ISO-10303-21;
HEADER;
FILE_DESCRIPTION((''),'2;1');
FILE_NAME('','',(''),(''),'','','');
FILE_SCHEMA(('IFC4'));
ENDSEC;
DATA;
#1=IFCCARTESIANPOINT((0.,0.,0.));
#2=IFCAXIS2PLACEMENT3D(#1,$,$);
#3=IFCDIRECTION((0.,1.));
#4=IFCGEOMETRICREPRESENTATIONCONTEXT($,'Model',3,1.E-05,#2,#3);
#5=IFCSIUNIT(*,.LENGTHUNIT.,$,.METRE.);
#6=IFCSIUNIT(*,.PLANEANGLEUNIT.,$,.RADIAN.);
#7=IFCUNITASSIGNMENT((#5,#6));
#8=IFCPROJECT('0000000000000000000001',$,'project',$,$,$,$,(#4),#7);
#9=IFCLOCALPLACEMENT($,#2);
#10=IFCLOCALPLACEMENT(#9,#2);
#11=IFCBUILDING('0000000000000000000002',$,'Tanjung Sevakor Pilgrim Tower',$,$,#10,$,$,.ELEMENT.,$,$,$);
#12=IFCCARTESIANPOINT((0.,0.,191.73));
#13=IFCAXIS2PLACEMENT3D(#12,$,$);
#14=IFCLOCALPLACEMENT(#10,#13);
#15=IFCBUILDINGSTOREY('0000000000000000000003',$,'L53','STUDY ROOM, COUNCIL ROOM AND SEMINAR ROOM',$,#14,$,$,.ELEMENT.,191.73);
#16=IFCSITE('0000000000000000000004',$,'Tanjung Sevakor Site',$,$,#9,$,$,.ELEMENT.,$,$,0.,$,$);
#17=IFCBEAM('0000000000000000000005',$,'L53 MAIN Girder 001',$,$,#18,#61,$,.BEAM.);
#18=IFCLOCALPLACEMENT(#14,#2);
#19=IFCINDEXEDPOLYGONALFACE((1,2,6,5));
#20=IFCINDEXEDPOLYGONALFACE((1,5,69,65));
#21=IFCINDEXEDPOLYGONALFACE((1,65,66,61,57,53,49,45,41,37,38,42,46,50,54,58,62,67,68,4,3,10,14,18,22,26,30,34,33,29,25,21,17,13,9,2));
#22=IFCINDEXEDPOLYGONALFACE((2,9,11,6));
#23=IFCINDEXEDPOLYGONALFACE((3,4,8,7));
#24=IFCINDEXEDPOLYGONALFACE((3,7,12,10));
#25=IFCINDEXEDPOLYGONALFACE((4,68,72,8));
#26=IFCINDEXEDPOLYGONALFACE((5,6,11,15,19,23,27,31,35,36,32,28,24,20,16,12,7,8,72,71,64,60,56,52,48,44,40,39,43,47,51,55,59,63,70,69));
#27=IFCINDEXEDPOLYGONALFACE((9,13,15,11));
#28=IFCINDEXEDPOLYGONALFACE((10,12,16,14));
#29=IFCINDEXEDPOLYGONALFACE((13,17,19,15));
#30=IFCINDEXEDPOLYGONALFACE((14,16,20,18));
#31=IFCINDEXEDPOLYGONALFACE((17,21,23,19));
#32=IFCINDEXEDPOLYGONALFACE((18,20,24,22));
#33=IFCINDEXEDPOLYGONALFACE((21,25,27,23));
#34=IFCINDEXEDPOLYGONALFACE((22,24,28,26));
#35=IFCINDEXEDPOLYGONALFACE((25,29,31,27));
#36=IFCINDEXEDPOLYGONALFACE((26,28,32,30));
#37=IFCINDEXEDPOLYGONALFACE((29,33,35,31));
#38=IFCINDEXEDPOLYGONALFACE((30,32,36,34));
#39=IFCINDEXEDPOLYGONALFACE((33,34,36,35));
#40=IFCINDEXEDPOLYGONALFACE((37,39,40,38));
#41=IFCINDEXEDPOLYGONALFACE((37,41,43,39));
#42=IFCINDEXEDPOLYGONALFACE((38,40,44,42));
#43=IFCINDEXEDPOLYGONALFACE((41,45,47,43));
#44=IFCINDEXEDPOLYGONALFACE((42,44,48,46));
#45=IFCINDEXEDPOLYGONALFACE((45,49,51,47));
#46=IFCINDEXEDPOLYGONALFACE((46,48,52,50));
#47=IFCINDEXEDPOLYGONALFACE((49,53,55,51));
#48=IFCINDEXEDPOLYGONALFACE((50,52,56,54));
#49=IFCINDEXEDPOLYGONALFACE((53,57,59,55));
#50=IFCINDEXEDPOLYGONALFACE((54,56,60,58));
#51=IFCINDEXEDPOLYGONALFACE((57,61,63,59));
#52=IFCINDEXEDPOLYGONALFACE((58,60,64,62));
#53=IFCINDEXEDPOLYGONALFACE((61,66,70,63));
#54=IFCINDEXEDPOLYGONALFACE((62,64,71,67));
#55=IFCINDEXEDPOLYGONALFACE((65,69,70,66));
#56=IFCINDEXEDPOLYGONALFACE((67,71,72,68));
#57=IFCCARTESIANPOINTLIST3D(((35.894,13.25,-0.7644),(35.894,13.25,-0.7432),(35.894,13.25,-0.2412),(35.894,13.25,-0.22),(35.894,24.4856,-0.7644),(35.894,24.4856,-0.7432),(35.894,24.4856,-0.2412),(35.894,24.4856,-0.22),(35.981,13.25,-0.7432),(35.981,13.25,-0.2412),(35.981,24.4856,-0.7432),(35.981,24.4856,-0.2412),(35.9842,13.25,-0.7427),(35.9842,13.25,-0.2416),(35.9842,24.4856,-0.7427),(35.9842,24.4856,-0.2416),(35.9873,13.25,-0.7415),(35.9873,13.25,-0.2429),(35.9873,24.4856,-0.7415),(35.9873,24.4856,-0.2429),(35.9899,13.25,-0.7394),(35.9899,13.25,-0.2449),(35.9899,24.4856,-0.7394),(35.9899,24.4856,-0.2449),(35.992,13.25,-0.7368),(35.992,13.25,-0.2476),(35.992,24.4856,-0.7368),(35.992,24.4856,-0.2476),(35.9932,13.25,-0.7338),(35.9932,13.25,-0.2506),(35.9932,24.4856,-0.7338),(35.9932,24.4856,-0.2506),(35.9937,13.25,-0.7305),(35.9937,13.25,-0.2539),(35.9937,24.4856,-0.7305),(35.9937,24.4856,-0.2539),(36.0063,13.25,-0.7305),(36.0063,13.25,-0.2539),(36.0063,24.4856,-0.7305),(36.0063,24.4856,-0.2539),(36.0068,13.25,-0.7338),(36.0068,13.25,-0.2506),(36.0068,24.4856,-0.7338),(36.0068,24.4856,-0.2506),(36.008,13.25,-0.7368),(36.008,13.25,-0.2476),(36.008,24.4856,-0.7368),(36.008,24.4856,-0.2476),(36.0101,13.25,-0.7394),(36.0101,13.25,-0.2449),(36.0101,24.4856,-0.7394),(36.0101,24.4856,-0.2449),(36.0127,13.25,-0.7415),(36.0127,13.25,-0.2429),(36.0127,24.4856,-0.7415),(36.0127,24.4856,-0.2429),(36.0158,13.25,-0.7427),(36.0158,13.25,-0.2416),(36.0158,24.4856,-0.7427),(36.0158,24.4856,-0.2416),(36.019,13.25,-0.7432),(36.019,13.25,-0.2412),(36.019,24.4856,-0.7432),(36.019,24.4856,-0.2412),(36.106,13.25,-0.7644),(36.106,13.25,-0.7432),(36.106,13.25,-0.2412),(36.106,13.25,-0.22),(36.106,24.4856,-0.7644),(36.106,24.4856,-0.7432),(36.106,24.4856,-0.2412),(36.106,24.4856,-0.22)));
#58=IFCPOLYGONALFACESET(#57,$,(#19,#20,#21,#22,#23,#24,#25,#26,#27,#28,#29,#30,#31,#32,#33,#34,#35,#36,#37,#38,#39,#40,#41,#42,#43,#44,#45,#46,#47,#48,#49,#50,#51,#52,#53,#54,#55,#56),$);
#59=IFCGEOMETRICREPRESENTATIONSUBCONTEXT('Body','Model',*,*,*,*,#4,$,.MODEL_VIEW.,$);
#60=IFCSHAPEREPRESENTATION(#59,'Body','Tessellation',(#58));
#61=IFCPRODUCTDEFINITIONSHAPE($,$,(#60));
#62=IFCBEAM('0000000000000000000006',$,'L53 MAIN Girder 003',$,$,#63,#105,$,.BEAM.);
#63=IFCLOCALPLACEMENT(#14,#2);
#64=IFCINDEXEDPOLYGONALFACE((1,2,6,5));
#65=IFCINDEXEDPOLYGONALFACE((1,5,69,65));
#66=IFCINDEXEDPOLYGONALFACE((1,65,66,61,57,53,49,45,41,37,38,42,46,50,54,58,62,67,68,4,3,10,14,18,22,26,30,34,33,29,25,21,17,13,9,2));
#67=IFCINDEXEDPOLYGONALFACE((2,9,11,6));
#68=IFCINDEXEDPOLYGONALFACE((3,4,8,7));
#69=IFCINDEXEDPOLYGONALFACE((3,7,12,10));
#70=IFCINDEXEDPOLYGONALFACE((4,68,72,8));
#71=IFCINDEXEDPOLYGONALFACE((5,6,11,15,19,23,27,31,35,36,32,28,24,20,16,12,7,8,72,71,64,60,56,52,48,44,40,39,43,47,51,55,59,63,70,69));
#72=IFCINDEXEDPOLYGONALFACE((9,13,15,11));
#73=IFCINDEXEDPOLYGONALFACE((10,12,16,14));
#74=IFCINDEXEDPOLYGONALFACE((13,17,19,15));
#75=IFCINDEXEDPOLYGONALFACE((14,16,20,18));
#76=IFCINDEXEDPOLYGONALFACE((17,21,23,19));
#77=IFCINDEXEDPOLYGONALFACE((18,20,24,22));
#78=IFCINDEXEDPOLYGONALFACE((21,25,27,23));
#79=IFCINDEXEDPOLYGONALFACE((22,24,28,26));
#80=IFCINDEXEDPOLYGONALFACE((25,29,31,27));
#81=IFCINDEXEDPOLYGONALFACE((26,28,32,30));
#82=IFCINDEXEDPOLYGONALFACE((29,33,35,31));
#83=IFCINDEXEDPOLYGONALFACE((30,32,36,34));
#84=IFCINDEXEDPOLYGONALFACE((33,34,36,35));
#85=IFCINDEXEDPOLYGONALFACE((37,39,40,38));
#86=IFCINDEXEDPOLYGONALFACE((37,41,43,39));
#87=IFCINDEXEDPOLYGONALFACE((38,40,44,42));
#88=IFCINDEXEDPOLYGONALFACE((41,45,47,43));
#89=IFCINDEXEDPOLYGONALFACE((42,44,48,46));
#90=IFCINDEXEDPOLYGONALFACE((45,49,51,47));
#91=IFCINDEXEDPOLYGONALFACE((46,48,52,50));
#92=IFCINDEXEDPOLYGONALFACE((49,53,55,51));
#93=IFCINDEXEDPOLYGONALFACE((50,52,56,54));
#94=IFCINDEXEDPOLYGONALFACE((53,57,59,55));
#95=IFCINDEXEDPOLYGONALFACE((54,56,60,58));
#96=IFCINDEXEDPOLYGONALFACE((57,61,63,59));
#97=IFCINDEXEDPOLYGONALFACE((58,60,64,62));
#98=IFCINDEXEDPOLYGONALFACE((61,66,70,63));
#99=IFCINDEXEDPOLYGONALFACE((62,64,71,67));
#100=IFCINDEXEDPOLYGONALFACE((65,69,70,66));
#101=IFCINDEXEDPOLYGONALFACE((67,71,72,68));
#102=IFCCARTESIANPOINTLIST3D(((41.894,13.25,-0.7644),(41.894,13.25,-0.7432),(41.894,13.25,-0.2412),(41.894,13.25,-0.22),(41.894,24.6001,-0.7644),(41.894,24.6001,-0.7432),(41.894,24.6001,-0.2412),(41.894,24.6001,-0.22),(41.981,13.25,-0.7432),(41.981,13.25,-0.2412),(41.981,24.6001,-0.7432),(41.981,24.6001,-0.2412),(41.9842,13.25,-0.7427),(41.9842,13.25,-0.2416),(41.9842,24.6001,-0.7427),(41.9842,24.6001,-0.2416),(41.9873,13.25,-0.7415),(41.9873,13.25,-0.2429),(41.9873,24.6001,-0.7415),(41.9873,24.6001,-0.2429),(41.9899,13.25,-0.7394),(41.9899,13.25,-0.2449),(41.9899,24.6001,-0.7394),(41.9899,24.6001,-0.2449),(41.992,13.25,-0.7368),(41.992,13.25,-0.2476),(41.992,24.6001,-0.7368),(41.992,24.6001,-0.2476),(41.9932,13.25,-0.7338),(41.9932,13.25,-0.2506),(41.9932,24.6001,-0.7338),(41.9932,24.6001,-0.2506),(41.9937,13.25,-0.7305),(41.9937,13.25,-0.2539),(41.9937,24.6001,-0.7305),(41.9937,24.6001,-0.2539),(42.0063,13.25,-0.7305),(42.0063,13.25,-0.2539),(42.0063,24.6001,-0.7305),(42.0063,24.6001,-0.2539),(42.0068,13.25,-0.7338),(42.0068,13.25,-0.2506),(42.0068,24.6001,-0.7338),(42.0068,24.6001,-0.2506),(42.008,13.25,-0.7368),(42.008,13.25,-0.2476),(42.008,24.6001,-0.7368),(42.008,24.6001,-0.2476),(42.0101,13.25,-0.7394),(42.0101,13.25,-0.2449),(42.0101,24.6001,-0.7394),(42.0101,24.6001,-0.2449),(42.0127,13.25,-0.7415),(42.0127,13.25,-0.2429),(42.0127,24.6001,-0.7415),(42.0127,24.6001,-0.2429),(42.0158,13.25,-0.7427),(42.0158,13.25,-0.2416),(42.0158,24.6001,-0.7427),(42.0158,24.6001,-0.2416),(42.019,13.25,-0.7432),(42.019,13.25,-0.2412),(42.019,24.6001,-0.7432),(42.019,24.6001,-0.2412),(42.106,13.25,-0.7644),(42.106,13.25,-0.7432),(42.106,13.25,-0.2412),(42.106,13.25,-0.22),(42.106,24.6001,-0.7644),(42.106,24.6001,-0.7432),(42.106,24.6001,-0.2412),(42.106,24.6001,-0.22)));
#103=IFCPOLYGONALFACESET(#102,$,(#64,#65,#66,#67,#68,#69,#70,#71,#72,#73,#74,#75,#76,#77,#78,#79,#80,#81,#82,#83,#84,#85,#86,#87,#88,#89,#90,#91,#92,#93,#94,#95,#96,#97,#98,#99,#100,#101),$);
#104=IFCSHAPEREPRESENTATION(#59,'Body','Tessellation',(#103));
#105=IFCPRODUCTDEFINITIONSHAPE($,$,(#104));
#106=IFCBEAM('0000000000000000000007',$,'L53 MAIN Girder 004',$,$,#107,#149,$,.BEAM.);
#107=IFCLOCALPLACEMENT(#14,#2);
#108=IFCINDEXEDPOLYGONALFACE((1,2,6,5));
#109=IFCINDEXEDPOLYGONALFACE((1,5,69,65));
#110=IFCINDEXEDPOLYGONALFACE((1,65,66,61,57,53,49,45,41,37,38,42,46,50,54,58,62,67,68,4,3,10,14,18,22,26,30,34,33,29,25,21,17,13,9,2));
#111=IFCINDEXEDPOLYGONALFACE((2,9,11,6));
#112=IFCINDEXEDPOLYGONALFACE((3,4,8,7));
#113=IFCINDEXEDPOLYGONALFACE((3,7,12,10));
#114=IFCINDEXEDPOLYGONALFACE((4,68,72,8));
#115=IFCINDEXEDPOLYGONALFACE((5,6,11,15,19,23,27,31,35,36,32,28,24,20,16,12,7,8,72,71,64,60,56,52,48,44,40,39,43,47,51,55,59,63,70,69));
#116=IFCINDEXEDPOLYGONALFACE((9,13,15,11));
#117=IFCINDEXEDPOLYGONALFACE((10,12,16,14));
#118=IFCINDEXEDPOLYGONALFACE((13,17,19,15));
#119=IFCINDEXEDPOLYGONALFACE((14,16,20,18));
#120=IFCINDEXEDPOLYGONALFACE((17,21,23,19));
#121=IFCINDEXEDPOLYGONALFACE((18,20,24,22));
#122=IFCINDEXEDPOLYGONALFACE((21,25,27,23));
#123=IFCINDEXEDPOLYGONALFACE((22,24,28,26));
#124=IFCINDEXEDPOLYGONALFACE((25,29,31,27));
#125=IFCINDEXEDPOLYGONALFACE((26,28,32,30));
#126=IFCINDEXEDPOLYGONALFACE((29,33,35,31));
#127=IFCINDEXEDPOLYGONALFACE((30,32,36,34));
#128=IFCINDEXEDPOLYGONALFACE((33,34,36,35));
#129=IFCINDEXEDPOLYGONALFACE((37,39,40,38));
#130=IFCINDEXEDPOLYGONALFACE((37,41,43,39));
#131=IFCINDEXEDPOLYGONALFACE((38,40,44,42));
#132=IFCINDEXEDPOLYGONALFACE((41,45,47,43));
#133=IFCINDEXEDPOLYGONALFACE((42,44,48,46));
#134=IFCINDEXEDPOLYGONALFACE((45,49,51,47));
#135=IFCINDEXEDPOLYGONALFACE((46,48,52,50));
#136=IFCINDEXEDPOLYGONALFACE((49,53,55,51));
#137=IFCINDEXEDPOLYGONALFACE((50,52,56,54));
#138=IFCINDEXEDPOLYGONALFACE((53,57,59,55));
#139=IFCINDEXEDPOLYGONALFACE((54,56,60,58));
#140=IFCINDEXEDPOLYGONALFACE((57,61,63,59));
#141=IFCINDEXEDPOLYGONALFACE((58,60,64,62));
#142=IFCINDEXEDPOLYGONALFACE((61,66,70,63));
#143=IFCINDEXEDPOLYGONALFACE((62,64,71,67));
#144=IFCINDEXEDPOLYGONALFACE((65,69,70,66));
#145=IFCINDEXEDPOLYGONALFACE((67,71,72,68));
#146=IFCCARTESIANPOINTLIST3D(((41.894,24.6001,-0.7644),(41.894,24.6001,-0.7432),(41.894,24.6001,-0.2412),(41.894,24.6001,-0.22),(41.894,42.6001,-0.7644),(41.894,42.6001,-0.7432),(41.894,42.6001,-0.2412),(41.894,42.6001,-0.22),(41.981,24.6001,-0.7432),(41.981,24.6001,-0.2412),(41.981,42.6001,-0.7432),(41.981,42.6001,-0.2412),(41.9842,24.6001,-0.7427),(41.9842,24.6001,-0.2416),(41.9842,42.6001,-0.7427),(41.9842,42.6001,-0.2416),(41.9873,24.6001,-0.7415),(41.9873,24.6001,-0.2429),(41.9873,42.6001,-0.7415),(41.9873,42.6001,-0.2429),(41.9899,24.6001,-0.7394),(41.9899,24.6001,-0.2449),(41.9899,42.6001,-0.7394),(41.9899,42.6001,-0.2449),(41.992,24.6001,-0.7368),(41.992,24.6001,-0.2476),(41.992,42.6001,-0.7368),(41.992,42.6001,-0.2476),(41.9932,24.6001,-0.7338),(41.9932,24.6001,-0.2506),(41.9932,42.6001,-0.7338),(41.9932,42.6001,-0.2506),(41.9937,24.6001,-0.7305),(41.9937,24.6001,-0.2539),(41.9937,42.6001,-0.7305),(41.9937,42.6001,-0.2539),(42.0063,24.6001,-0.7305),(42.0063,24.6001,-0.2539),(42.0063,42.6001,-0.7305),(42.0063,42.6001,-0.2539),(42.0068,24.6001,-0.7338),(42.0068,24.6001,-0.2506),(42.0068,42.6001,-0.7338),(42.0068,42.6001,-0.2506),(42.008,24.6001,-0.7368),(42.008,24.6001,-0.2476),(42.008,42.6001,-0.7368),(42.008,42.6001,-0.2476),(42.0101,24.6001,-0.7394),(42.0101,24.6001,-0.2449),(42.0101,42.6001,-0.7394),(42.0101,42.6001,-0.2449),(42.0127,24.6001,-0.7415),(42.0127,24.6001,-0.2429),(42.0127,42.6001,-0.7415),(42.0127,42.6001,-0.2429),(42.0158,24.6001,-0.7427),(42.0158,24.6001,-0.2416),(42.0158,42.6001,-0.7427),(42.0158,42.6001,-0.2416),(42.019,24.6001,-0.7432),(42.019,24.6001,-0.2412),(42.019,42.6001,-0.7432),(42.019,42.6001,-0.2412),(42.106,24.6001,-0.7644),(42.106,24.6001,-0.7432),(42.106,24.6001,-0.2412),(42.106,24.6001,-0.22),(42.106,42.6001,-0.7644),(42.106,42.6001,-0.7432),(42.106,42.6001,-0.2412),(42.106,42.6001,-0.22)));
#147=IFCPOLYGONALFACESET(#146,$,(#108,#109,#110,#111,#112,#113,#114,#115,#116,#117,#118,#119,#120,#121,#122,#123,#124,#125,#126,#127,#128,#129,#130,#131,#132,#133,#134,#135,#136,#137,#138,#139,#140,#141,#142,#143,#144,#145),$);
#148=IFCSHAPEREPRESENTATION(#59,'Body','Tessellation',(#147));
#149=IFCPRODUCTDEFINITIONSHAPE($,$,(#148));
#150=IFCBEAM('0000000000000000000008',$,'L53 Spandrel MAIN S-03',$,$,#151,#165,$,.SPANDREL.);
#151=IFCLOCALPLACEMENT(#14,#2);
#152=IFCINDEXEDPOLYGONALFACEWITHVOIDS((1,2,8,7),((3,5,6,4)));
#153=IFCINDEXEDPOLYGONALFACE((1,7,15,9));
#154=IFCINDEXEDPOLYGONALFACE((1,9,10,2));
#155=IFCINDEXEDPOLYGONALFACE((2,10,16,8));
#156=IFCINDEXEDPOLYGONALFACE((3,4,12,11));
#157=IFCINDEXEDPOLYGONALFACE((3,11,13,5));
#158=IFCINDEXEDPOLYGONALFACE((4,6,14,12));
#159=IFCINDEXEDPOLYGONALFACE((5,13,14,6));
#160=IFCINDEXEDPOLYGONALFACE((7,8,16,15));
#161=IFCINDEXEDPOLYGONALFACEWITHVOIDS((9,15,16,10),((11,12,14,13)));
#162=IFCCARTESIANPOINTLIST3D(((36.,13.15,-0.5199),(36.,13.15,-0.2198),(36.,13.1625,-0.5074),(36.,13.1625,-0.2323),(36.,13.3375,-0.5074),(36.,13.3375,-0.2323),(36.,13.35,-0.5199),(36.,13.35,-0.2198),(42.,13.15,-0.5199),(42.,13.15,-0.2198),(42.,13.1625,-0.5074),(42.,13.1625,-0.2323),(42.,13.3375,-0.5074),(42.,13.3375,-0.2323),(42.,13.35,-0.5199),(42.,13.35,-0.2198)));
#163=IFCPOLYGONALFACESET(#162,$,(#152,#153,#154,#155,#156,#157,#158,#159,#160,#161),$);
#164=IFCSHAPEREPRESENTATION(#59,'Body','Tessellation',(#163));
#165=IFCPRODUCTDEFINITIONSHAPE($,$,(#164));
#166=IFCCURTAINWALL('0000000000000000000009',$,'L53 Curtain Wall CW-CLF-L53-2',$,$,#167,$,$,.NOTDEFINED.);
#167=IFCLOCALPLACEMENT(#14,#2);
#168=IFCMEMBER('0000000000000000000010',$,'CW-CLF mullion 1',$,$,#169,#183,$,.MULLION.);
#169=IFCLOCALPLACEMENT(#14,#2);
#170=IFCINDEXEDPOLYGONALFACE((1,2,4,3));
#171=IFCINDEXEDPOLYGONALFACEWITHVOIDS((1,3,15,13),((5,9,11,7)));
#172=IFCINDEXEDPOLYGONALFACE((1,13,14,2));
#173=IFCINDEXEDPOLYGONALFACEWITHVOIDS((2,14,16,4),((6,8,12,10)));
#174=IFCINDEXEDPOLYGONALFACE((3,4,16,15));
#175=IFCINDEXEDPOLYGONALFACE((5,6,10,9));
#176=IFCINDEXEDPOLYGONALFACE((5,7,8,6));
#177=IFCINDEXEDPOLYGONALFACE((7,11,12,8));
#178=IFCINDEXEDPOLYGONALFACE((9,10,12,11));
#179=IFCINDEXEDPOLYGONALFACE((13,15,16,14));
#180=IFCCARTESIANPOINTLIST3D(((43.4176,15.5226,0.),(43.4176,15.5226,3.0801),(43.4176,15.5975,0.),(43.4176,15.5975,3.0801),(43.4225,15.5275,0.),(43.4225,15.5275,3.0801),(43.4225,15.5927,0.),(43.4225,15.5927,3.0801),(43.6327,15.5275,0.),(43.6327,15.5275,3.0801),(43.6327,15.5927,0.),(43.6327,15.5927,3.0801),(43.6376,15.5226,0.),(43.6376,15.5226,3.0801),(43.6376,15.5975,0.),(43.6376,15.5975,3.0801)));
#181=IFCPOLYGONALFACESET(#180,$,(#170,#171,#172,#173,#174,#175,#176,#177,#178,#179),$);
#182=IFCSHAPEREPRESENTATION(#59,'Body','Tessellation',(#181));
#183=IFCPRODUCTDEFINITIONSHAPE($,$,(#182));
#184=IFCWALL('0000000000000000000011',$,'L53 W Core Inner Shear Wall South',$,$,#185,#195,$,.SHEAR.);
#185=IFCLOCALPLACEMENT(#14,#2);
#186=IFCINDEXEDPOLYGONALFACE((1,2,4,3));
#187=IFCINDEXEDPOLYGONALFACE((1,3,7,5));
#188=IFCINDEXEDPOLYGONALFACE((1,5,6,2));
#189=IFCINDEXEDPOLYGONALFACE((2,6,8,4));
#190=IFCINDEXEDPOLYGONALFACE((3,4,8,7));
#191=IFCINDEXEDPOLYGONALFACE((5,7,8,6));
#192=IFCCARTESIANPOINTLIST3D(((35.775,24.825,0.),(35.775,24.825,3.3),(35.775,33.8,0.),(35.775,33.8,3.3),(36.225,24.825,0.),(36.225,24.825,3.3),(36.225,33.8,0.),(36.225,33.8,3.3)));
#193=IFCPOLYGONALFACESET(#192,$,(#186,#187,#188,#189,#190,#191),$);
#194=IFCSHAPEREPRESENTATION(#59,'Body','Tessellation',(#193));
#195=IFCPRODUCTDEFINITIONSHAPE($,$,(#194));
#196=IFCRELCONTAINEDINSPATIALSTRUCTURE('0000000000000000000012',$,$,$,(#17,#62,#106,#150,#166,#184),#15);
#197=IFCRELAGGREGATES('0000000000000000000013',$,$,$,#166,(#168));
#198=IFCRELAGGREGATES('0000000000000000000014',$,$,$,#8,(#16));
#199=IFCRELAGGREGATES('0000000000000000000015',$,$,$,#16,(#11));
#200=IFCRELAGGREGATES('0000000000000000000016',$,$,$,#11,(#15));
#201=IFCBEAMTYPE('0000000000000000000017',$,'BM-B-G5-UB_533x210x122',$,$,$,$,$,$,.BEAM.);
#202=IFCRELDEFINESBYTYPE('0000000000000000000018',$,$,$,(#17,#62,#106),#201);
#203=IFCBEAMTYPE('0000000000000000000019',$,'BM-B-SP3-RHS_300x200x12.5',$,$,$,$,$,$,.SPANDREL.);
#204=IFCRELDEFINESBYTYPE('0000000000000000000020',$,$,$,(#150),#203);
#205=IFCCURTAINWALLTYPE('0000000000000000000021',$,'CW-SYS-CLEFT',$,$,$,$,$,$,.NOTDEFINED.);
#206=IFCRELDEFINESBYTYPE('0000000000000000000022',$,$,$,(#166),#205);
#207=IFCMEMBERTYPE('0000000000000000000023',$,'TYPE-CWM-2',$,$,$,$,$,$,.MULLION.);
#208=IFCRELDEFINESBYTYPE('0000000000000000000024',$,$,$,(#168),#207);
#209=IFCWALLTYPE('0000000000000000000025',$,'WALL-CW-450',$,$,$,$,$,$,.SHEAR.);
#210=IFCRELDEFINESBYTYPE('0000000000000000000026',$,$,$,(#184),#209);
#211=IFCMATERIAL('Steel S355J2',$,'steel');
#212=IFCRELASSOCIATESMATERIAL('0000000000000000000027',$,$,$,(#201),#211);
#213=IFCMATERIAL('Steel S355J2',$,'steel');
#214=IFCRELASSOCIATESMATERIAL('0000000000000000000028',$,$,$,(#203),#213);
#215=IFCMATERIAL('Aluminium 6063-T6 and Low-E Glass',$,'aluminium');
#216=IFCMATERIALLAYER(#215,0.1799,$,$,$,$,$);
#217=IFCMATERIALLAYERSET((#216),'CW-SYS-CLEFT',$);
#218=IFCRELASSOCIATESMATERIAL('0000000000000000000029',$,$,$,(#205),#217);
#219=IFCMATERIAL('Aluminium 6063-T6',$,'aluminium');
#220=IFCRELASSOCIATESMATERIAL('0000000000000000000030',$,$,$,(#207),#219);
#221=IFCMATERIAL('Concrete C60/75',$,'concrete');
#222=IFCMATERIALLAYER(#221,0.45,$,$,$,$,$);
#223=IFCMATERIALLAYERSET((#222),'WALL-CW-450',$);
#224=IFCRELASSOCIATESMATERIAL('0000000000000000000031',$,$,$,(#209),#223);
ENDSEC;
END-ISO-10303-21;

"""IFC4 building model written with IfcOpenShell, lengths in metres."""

from ifc_helpers import new_model, si_unit, direction, frame, frame_2d, origin, origin_2d, place, context, subcontext, project, spatial, rectangle, hollow_rectangle, i_section, extrude, material, layer, layer_set, material_profile, profile_set, type_object, element, aggregate, save


model = new_model("IFC4")

# Units and contexts
model_context = context("Model", 3, precision=1e-05, world=origin(), true_north=direction((0.0, 1.0)))
body_context = subcontext(model_context, "Body", "Model", "MODEL_VIEW")
ifc_project = project(units=[si_unit("LENGTHUNIT", "METRE"), si_unit("PLANEANGLEUNIT", "RADIAN")], contexts=[model_context])

# Site, building, storey
site_placement = place(None, origin())
site = spatial("IfcSite", under=ifc_project, at=site_placement, Name="Tanjung Sevakor Site", CompositionType="ELEMENT", RefElevation=0.0)
building_placement = place(site_placement, origin())
building = spatial("IfcBuilding", under=site, at=building_placement, Name="Tanjung Sevakor Pilgrim Tower", CompositionType="ELEMENT")
storey_placement = place(building_placement, frame((0.0, 0.0, 191.73)))
storey = spatial("IfcBuildingStorey", under=building, at=storey_placement, Name="L53", Description="STUDY ROOM, COUNCIL ROOM AND SEMINAR ROOM", CompositionType="ELEMENT", Elevation=191.73)

# Beams
ifc_material_1 = material(Name="Steel S355J2", Category="steel")
ifc_material_profile_1 = material_profile(ifc_material_1, i_section(OverallWidth=0.2119, OverallDepth=0.5444, WebThickness=0.0127, FlangeThickness=0.0212, FilletRadius=0.0127, at=origin_2d()))
ifc_profile_set_1 = profile_set([ifc_material_profile_1], Name="Steel S355J2")
beam_type_1 = type_object("IfcBeamType", Name="BM-B-G5-UB_533x210x122", PredefinedType="BEAM", material=ifc_profile_set_1)
beam_1_placement = place(storey_placement, frame((36.0, 13.25, -0.4922), z_axis=(0.0, 1.0, 0.0), x_axis=(-1.0, 0.0, 0.0)))
element("IfcBeam", 1, at=beam_1_placement, inside=storey, type_object=beam_type_1, Name="L53 MAIN Girder 001", PredefinedType="BEAM", context=body_context, shape_type="SweptSolid", body=[
    extrude(i_section(OverallWidth=0.2119, OverallDepth=0.5444, WebThickness=0.0127, FlangeThickness=0.0212, FilletRadius=0.0127, at=origin_2d()), origin(), (0.0, 0.0, 1.0), 11.2356),
])
beam_2_placement = place(storey_placement, frame((42.0, 13.25, -0.4922), z_axis=(0.0, 1.0, 0.0), x_axis=(-1.0, 0.0, 0.0)))
element("IfcBeam", 2, at=beam_2_placement, inside=storey, type_object=beam_type_1, Name="L53 MAIN Girder 003", PredefinedType="BEAM", context=body_context, shape_type="SweptSolid", body=[
    extrude(i_section(OverallWidth=0.2119, OverallDepth=0.5444, WebThickness=0.0127, FlangeThickness=0.0212, FilletRadius=0.0127, at=origin_2d()), origin(), (0.0, 0.0, 1.0), 11.3501),
])
beam_3_placement = place(storey_placement, frame((42.0, 24.6001, -0.4922), z_axis=(0.0, 1.0, 0.0), x_axis=(-1.0, 0.0, 0.0)))
element("IfcBeam", 3, at=beam_3_placement, inside=storey, type_object=beam_type_1, Name="L53 MAIN Girder 004", PredefinedType="BEAM", context=body_context, shape_type="SweptSolid", body=[
    extrude(i_section(OverallWidth=0.2119, OverallDepth=0.5444, WebThickness=0.0127, FlangeThickness=0.0212, FilletRadius=0.0127, at=origin_2d()), origin(), (0.0, 0.0, 1.0), 18.0),
])
ifc_material_2 = material(Name="Steel S355J2", Category="steel")
ifc_material_profile_2 = material_profile(ifc_material_2, hollow_rectangle(XDim=0.2, YDim=0.3, WallThickness=0.0125, at=origin_2d()))
ifc_profile_set_2 = profile_set([ifc_material_profile_2], Name="Steel S355J2")
beam_type_2 = type_object("IfcBeamType", Name="BM-B-SP3-RHS_300x200x12.5", PredefinedType="SPANDREL", material=ifc_profile_set_2)
beam_4_placement = place(storey_placement, frame((36.0, 13.25, -0.3699), z_axis=(1.0, 0.0, 0.0), x_axis=(0.0, 1.0, 0.0)))
element("IfcBeam", 4, at=beam_4_placement, inside=storey, type_object=beam_type_2, Name="L53 Spandrel MAIN S-03", PredefinedType="SPANDREL", context=body_context, shape_type="SweptSolid", body=[
    extrude(hollow_rectangle(XDim=0.2, YDim=0.3, WallThickness=0.0125, at=origin_2d()), origin(), (0.0, 0.0, 1.0), 6.0),
])

# Curtain wall, member
ifc_material_3 = material(Name="Aluminium 6063-T6 and Low-E Glass", Category="aluminium")
ifc_layer_1 = layer(ifc_material_3, 0.1799)
ifc_layer_set_1 = layer_set([ifc_layer_1], Name="CW-SYS-CLEFT")
curtain_wall_type = type_object("IfcCurtainWallType", Name="CW-SYS-CLEFT", PredefinedType="NOTDEFINED", material=ifc_layer_set_1)
curtain_wall_placement = place(storey_placement, origin())
curtain_wall = element("IfcCurtainWall", 5, at=curtain_wall_placement, inside=storey, type_object=curtain_wall_type, Name="L53 Curtain Wall CW-CLF-L53-2", PredefinedType="NOTDEFINED")
ifc_material_4 = material(Name="Aluminium 6063-T6", Category="aluminium")
ifc_material_profile_3 = material_profile(ifc_material_4, hollow_rectangle(XDim=0.075, YDim=0.22, WallThickness=0.0049, at=origin_2d()))
ifc_profile_set_3 = profile_set([ifc_material_profile_3], Name="Aluminium 6063-T6")
member_type = type_object("IfcMemberType", Name="TYPE-CWM-2", PredefinedType="MULLION", material=ifc_profile_set_3)
member_placement = place(storey_placement, frame((43.5276, 15.5601, 0.0), z_axis=(0.0, 0.0, 1.0), x_axis=(0.0, 1.0, 0.0)))
member = element("IfcMember", 6, at=member_placement, type_object=member_type, Name="CW-CLF mullion 1", PredefinedType="MULLION", context=body_context, shape_type="SweptSolid", body=[
    extrude(hollow_rectangle(XDim=0.075, YDim=0.22, WallThickness=0.0049, at=origin_2d()), origin(), (0.0, 0.0, 1.0), 3.0801),
])
aggregate(curtain_wall, [member])

# Wall
ifc_material_5 = material(Name="Concrete C60/75", Category="concrete")
ifc_layer_2 = layer(ifc_material_5, 0.45)
ifc_layer_set_2 = layer_set([ifc_layer_2], Name="WALL-CW-450")
wall_type_1 = type_object("IfcWallType", Name="WALL-CW-450", PredefinedType="SHEAR", material=ifc_layer_set_2)
wall_1_placement = place(storey_placement, frame((36.0, 24.825, 0.0), z_axis=(0.0, 0.0, 1.0), x_axis=(0.0, 1.0, 0.0)))
element("IfcWall", 7, at=wall_1_placement, inside=storey, type_object=wall_type_1, Name="L53 W Core Inner Shear Wall South", PredefinedType="SHEAR", context=body_context, shape_type="SweptSolid", body=[
    extrude(rectangle(XDim=8.9751, YDim=0.45, at=frame_2d((4.4875, 0.0))), origin(), (0.0, 0.0, 1.0), 3.3),
])

save(model, "model.ifc")
